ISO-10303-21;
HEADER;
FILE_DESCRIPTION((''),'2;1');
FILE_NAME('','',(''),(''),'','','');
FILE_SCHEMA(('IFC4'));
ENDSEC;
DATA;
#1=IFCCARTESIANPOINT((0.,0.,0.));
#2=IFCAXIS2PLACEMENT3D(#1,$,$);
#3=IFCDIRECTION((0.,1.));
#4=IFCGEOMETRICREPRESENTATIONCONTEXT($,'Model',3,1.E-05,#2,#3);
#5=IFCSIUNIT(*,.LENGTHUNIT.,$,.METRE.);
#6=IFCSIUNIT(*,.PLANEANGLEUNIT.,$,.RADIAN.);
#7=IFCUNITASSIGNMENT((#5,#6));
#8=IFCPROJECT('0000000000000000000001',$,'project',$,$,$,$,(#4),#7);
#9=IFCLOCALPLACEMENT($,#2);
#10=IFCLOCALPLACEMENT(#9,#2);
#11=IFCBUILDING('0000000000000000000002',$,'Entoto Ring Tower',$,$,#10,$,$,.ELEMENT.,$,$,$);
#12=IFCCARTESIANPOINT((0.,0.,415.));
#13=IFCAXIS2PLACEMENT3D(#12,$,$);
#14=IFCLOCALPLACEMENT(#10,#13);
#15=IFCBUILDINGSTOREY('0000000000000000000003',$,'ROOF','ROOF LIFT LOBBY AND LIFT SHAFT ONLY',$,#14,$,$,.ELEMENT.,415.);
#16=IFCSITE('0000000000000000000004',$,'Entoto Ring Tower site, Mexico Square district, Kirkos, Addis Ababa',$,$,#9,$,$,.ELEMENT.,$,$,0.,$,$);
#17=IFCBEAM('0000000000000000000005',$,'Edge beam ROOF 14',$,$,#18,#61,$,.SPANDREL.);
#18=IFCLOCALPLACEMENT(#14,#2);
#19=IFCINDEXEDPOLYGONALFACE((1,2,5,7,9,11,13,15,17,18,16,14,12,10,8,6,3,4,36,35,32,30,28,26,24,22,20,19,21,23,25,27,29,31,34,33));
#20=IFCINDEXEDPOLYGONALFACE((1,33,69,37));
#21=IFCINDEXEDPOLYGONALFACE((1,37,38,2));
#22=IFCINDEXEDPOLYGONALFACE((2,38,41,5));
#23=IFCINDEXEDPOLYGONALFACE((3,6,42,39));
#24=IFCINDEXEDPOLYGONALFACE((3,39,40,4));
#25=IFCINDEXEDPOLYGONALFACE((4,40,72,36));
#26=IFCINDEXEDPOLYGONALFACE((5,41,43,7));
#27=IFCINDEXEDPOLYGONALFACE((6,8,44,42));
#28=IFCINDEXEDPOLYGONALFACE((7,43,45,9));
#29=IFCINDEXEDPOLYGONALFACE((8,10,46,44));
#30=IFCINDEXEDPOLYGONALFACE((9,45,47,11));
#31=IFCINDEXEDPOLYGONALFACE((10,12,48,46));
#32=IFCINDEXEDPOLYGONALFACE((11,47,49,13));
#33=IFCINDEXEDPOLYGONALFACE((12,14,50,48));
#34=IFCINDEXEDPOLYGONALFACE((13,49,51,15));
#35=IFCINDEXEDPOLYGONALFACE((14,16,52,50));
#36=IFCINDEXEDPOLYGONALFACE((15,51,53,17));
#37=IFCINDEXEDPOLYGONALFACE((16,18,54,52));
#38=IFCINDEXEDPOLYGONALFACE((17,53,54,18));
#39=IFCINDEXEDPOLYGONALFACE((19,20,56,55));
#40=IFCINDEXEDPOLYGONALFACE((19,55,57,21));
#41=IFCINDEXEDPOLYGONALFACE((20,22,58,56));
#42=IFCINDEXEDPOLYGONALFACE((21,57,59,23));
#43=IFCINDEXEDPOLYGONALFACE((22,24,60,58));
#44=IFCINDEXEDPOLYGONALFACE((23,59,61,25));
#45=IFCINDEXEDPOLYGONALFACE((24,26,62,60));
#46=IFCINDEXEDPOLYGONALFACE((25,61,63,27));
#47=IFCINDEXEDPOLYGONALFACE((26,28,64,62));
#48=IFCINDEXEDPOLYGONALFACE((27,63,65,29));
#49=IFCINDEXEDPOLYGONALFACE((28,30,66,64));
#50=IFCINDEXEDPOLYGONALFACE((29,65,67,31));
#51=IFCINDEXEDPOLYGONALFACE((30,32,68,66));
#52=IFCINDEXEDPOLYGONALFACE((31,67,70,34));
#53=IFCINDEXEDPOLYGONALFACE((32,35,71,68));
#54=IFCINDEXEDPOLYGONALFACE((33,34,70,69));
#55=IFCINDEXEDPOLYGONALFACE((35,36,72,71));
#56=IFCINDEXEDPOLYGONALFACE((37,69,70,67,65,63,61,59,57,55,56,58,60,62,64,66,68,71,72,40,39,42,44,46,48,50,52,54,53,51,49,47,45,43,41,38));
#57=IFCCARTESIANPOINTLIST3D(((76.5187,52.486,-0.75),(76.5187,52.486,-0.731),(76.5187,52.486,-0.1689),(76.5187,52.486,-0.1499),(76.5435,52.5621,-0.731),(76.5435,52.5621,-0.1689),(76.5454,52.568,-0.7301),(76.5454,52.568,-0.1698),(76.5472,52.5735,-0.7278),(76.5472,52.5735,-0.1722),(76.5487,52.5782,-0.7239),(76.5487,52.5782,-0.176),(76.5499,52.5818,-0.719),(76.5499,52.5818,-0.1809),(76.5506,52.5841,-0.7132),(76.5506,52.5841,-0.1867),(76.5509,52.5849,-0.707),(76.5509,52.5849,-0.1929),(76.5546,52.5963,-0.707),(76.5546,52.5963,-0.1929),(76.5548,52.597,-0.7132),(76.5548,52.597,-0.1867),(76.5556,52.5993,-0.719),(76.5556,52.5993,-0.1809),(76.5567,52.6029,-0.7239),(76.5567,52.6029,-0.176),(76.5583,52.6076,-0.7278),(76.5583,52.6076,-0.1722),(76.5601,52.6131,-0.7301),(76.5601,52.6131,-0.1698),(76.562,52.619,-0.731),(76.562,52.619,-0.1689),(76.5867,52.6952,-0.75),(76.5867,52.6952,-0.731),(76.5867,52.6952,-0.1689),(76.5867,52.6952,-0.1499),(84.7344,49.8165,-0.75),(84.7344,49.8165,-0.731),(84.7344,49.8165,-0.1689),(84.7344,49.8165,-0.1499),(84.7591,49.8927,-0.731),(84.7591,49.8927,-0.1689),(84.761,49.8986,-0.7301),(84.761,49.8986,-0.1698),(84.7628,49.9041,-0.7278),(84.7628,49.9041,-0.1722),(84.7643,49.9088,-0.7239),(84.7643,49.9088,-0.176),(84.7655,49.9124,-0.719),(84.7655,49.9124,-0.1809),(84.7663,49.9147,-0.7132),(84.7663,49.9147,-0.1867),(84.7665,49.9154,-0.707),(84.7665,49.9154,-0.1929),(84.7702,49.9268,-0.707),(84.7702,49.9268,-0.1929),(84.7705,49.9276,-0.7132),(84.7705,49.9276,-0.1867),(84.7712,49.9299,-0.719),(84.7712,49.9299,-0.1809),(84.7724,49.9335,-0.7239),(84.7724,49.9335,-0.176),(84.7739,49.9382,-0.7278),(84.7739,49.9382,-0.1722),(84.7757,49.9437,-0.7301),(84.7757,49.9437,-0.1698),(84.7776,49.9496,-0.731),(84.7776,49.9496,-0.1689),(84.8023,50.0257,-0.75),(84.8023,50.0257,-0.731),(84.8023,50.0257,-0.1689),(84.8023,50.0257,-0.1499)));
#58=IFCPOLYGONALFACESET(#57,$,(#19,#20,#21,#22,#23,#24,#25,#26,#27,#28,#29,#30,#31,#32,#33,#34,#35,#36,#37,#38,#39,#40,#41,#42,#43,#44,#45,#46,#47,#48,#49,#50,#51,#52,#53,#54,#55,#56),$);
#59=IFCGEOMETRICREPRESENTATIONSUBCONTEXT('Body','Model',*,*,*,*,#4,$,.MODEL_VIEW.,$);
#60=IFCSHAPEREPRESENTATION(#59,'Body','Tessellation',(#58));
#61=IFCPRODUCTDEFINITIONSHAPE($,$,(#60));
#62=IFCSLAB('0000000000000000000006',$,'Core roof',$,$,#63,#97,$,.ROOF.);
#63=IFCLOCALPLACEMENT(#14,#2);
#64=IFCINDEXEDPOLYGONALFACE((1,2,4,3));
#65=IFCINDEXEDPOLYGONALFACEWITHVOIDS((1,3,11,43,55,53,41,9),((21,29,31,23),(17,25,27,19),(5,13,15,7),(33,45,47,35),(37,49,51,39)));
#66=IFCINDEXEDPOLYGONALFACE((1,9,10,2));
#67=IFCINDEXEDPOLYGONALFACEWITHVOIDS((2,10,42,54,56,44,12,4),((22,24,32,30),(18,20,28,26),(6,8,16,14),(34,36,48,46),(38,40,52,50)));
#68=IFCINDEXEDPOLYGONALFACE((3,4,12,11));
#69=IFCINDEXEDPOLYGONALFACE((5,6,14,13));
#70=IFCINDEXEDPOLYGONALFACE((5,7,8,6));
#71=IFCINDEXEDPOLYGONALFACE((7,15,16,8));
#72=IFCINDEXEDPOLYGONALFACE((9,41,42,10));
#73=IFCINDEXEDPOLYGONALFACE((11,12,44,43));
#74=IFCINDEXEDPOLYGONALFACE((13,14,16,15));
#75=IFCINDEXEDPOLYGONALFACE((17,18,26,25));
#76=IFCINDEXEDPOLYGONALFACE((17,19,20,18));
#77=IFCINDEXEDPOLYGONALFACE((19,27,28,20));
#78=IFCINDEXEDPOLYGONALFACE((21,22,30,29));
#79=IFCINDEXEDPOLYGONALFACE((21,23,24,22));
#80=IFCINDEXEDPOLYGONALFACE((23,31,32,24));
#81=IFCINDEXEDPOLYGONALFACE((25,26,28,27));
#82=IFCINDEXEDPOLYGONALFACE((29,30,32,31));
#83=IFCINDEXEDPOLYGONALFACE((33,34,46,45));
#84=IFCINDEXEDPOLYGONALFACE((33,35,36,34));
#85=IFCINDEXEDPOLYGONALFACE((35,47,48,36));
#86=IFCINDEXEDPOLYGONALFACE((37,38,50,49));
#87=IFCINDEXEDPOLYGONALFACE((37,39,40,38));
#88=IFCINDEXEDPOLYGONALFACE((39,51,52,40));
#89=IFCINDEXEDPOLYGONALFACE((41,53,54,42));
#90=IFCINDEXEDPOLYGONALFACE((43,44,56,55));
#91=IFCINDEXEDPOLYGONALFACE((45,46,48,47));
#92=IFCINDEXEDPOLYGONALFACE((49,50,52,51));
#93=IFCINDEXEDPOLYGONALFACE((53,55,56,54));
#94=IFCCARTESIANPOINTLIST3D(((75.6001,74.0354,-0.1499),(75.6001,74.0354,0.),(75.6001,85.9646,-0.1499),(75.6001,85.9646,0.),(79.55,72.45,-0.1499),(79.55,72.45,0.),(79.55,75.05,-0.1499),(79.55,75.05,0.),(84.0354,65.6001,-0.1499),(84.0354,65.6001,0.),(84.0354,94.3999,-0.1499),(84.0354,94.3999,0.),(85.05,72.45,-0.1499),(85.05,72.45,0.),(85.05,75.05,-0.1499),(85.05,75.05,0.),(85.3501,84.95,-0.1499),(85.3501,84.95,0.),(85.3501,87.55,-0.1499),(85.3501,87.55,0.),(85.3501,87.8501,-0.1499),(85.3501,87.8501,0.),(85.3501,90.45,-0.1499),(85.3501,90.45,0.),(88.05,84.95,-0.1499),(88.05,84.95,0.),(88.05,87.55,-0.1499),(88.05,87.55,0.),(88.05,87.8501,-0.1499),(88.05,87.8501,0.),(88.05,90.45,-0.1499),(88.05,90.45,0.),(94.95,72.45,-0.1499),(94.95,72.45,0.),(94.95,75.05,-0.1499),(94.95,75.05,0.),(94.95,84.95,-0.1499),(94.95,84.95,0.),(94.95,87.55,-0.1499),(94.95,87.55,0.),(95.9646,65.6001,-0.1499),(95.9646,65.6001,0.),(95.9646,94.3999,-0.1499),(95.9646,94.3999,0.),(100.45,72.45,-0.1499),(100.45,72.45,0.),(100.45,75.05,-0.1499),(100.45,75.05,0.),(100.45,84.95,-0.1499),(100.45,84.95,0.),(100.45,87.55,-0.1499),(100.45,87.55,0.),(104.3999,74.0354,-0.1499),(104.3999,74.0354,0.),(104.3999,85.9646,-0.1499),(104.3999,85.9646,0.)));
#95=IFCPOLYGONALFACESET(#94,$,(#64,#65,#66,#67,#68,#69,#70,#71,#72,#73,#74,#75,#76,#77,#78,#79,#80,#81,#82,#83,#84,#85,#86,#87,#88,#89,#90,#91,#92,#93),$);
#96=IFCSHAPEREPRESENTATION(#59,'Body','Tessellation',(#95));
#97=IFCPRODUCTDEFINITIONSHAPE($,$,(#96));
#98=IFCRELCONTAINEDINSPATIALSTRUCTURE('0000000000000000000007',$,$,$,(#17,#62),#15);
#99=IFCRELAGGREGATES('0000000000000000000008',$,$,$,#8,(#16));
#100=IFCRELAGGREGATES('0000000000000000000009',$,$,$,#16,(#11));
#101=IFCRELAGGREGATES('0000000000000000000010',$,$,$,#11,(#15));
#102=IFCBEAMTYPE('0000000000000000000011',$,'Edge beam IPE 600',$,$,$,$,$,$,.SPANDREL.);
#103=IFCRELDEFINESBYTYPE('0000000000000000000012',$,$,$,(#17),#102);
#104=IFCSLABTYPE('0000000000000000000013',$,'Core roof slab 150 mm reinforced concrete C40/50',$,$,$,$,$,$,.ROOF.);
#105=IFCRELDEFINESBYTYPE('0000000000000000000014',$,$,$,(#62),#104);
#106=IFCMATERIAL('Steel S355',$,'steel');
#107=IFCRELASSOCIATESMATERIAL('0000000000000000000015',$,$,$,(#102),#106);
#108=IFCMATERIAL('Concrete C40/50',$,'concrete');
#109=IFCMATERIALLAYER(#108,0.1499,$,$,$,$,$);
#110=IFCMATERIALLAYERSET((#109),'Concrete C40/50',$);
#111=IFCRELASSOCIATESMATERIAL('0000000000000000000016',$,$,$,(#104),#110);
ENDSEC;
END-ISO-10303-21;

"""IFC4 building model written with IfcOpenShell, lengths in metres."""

from ifc_helpers import new_model, si_unit, direction, frame, origin, origin_2d, place, context, subcontext, project, spatial, polyline, i_section, outline, extrude, material, layer, layer_set, material_profile, profile_set, type_object, element, save


model = new_model("IFC4")

# Units and contexts
model_context = context("Model", 3, precision=1e-05, world=origin(), true_north=direction((0.0, 1.0)))
body_context = subcontext(model_context, "Body", "Model", "MODEL_VIEW")
ifc_project = project(units=[si_unit("LENGTHUNIT", "METRE"), si_unit("PLANEANGLEUNIT", "RADIAN")], contexts=[model_context])

# Site, building, storey
site_placement = place(None, origin())
site = spatial("IfcSite", under=ifc_project, at=site_placement, Name="Entoto Ring Tower site, Mexico Square district, Kirkos, Addis Ababa", CompositionType="ELEMENT", RefElevation=0.0)
building_placement = place(site_placement, origin())
building = spatial("IfcBuilding", under=site, at=building_placement, Name="Entoto Ring Tower", CompositionType="ELEMENT")
storey_placement = place(building_placement, frame((0.0, 0.0, 415.0)))
storey = spatial("IfcBuildingStorey", under=building, at=storey_placement, Name="ROOF", Description="ROOF LIFT LOBBY AND LIFT SHAFT ONLY", CompositionType="ELEMENT", Elevation=415.0)

# Beam
ifc_material_1 = material(Name="Steel S355", Category="steel")
ifc_material_profile_1 = material_profile(ifc_material_1, i_section(OverallWidth=0.22, OverallDepth=0.6001, WebThickness=0.012, FlangeThickness=0.019, FilletRadius=0.0239, at=origin_2d()), Name="IPE 600")
ifc_profile_set_1 = profile_set([ifc_material_profile_1], Name="Steel S355")
beam_type_1 = type_object("IfcBeamType", Name="Edge beam IPE 600", PredefinedType="SPANDREL", material=ifc_profile_set_1)
beam_1_placement = place(storey_placement, frame((76.5527, 52.5906, -0.45), z_axis=(0.951055, -0.30902, 0.0), x_axis=(0.30902, 0.951055, 0.0)))
element("IfcBeam", 1, at=beam_1_placement, inside=storey, type_object=beam_type_1, Name="Edge beam ROOF 14", PredefinedType="SPANDREL", context=body_context, shape_type="SweptSolid", body=[
    extrude(i_section(OverallWidth=0.22, OverallDepth=0.6001, WebThickness=0.012, FlangeThickness=0.019, FilletRadius=0.0239, at=origin_2d()), origin(), (0.0, 0.0, 1.0), 8.6384),
])

# Slab
ifc_material_2 = material(Name="Concrete C40/50", Category="concrete")
ifc_layer_1 = layer(ifc_material_2, 0.1499)
ifc_layer_set_1 = layer_set([ifc_layer_1], Name="Concrete C40/50")
slab_type_1 = type_object("IfcSlabType", Name="Core roof slab 150 mm reinforced concrete C40/50", PredefinedType="ROOF", material=ifc_layer_set_1)
slab_1_placement = place(storey_placement, frame((0.0, 0.0, -0.1499)))
element("IfcSlab", 2, at=slab_1_placement, inside=storey, type_object=slab_type_1, Name="Core roof", PredefinedType="ROOF", context=body_context, shape_type="SweptSolid", body=[
    extrude(outline(polyline([(104.3999, 74.0354), (104.3999, 85.9646), (95.9646, 94.3999), (84.0354, 94.3999), (75.6001, 85.9646), (75.6001, 74.0354), (84.0354, 65.6001), (95.9646, 65.6001), (104.3999, 74.0354)]), holes=[polyline([(100.45, 84.95), (100.45, 87.55), (94.95, 87.55), (94.95, 84.95), (100.45, 84.95)]), polyline([(85.05, 72.45), (85.05, 75.05), (79.55, 75.05), (79.55, 72.45), (85.05, 72.45)]), polyline([(100.45, 72.45), (100.45, 75.05), (94.95, 75.05), (94.95, 72.45), (100.45, 72.45)]), polyline([(85.3501, 84.95), (88.05, 84.95), (88.05, 87.55), (85.3501, 87.55), (85.3501, 84.95)]), polyline([(85.3501, 87.8501), (88.05, 87.8501), (88.05, 90.45), (85.3501, 90.45), (85.3501, 87.8501)])]), origin(), (0.0, 0.0, 1.0), 0.1499),
])

save(model, "model.ifc")
